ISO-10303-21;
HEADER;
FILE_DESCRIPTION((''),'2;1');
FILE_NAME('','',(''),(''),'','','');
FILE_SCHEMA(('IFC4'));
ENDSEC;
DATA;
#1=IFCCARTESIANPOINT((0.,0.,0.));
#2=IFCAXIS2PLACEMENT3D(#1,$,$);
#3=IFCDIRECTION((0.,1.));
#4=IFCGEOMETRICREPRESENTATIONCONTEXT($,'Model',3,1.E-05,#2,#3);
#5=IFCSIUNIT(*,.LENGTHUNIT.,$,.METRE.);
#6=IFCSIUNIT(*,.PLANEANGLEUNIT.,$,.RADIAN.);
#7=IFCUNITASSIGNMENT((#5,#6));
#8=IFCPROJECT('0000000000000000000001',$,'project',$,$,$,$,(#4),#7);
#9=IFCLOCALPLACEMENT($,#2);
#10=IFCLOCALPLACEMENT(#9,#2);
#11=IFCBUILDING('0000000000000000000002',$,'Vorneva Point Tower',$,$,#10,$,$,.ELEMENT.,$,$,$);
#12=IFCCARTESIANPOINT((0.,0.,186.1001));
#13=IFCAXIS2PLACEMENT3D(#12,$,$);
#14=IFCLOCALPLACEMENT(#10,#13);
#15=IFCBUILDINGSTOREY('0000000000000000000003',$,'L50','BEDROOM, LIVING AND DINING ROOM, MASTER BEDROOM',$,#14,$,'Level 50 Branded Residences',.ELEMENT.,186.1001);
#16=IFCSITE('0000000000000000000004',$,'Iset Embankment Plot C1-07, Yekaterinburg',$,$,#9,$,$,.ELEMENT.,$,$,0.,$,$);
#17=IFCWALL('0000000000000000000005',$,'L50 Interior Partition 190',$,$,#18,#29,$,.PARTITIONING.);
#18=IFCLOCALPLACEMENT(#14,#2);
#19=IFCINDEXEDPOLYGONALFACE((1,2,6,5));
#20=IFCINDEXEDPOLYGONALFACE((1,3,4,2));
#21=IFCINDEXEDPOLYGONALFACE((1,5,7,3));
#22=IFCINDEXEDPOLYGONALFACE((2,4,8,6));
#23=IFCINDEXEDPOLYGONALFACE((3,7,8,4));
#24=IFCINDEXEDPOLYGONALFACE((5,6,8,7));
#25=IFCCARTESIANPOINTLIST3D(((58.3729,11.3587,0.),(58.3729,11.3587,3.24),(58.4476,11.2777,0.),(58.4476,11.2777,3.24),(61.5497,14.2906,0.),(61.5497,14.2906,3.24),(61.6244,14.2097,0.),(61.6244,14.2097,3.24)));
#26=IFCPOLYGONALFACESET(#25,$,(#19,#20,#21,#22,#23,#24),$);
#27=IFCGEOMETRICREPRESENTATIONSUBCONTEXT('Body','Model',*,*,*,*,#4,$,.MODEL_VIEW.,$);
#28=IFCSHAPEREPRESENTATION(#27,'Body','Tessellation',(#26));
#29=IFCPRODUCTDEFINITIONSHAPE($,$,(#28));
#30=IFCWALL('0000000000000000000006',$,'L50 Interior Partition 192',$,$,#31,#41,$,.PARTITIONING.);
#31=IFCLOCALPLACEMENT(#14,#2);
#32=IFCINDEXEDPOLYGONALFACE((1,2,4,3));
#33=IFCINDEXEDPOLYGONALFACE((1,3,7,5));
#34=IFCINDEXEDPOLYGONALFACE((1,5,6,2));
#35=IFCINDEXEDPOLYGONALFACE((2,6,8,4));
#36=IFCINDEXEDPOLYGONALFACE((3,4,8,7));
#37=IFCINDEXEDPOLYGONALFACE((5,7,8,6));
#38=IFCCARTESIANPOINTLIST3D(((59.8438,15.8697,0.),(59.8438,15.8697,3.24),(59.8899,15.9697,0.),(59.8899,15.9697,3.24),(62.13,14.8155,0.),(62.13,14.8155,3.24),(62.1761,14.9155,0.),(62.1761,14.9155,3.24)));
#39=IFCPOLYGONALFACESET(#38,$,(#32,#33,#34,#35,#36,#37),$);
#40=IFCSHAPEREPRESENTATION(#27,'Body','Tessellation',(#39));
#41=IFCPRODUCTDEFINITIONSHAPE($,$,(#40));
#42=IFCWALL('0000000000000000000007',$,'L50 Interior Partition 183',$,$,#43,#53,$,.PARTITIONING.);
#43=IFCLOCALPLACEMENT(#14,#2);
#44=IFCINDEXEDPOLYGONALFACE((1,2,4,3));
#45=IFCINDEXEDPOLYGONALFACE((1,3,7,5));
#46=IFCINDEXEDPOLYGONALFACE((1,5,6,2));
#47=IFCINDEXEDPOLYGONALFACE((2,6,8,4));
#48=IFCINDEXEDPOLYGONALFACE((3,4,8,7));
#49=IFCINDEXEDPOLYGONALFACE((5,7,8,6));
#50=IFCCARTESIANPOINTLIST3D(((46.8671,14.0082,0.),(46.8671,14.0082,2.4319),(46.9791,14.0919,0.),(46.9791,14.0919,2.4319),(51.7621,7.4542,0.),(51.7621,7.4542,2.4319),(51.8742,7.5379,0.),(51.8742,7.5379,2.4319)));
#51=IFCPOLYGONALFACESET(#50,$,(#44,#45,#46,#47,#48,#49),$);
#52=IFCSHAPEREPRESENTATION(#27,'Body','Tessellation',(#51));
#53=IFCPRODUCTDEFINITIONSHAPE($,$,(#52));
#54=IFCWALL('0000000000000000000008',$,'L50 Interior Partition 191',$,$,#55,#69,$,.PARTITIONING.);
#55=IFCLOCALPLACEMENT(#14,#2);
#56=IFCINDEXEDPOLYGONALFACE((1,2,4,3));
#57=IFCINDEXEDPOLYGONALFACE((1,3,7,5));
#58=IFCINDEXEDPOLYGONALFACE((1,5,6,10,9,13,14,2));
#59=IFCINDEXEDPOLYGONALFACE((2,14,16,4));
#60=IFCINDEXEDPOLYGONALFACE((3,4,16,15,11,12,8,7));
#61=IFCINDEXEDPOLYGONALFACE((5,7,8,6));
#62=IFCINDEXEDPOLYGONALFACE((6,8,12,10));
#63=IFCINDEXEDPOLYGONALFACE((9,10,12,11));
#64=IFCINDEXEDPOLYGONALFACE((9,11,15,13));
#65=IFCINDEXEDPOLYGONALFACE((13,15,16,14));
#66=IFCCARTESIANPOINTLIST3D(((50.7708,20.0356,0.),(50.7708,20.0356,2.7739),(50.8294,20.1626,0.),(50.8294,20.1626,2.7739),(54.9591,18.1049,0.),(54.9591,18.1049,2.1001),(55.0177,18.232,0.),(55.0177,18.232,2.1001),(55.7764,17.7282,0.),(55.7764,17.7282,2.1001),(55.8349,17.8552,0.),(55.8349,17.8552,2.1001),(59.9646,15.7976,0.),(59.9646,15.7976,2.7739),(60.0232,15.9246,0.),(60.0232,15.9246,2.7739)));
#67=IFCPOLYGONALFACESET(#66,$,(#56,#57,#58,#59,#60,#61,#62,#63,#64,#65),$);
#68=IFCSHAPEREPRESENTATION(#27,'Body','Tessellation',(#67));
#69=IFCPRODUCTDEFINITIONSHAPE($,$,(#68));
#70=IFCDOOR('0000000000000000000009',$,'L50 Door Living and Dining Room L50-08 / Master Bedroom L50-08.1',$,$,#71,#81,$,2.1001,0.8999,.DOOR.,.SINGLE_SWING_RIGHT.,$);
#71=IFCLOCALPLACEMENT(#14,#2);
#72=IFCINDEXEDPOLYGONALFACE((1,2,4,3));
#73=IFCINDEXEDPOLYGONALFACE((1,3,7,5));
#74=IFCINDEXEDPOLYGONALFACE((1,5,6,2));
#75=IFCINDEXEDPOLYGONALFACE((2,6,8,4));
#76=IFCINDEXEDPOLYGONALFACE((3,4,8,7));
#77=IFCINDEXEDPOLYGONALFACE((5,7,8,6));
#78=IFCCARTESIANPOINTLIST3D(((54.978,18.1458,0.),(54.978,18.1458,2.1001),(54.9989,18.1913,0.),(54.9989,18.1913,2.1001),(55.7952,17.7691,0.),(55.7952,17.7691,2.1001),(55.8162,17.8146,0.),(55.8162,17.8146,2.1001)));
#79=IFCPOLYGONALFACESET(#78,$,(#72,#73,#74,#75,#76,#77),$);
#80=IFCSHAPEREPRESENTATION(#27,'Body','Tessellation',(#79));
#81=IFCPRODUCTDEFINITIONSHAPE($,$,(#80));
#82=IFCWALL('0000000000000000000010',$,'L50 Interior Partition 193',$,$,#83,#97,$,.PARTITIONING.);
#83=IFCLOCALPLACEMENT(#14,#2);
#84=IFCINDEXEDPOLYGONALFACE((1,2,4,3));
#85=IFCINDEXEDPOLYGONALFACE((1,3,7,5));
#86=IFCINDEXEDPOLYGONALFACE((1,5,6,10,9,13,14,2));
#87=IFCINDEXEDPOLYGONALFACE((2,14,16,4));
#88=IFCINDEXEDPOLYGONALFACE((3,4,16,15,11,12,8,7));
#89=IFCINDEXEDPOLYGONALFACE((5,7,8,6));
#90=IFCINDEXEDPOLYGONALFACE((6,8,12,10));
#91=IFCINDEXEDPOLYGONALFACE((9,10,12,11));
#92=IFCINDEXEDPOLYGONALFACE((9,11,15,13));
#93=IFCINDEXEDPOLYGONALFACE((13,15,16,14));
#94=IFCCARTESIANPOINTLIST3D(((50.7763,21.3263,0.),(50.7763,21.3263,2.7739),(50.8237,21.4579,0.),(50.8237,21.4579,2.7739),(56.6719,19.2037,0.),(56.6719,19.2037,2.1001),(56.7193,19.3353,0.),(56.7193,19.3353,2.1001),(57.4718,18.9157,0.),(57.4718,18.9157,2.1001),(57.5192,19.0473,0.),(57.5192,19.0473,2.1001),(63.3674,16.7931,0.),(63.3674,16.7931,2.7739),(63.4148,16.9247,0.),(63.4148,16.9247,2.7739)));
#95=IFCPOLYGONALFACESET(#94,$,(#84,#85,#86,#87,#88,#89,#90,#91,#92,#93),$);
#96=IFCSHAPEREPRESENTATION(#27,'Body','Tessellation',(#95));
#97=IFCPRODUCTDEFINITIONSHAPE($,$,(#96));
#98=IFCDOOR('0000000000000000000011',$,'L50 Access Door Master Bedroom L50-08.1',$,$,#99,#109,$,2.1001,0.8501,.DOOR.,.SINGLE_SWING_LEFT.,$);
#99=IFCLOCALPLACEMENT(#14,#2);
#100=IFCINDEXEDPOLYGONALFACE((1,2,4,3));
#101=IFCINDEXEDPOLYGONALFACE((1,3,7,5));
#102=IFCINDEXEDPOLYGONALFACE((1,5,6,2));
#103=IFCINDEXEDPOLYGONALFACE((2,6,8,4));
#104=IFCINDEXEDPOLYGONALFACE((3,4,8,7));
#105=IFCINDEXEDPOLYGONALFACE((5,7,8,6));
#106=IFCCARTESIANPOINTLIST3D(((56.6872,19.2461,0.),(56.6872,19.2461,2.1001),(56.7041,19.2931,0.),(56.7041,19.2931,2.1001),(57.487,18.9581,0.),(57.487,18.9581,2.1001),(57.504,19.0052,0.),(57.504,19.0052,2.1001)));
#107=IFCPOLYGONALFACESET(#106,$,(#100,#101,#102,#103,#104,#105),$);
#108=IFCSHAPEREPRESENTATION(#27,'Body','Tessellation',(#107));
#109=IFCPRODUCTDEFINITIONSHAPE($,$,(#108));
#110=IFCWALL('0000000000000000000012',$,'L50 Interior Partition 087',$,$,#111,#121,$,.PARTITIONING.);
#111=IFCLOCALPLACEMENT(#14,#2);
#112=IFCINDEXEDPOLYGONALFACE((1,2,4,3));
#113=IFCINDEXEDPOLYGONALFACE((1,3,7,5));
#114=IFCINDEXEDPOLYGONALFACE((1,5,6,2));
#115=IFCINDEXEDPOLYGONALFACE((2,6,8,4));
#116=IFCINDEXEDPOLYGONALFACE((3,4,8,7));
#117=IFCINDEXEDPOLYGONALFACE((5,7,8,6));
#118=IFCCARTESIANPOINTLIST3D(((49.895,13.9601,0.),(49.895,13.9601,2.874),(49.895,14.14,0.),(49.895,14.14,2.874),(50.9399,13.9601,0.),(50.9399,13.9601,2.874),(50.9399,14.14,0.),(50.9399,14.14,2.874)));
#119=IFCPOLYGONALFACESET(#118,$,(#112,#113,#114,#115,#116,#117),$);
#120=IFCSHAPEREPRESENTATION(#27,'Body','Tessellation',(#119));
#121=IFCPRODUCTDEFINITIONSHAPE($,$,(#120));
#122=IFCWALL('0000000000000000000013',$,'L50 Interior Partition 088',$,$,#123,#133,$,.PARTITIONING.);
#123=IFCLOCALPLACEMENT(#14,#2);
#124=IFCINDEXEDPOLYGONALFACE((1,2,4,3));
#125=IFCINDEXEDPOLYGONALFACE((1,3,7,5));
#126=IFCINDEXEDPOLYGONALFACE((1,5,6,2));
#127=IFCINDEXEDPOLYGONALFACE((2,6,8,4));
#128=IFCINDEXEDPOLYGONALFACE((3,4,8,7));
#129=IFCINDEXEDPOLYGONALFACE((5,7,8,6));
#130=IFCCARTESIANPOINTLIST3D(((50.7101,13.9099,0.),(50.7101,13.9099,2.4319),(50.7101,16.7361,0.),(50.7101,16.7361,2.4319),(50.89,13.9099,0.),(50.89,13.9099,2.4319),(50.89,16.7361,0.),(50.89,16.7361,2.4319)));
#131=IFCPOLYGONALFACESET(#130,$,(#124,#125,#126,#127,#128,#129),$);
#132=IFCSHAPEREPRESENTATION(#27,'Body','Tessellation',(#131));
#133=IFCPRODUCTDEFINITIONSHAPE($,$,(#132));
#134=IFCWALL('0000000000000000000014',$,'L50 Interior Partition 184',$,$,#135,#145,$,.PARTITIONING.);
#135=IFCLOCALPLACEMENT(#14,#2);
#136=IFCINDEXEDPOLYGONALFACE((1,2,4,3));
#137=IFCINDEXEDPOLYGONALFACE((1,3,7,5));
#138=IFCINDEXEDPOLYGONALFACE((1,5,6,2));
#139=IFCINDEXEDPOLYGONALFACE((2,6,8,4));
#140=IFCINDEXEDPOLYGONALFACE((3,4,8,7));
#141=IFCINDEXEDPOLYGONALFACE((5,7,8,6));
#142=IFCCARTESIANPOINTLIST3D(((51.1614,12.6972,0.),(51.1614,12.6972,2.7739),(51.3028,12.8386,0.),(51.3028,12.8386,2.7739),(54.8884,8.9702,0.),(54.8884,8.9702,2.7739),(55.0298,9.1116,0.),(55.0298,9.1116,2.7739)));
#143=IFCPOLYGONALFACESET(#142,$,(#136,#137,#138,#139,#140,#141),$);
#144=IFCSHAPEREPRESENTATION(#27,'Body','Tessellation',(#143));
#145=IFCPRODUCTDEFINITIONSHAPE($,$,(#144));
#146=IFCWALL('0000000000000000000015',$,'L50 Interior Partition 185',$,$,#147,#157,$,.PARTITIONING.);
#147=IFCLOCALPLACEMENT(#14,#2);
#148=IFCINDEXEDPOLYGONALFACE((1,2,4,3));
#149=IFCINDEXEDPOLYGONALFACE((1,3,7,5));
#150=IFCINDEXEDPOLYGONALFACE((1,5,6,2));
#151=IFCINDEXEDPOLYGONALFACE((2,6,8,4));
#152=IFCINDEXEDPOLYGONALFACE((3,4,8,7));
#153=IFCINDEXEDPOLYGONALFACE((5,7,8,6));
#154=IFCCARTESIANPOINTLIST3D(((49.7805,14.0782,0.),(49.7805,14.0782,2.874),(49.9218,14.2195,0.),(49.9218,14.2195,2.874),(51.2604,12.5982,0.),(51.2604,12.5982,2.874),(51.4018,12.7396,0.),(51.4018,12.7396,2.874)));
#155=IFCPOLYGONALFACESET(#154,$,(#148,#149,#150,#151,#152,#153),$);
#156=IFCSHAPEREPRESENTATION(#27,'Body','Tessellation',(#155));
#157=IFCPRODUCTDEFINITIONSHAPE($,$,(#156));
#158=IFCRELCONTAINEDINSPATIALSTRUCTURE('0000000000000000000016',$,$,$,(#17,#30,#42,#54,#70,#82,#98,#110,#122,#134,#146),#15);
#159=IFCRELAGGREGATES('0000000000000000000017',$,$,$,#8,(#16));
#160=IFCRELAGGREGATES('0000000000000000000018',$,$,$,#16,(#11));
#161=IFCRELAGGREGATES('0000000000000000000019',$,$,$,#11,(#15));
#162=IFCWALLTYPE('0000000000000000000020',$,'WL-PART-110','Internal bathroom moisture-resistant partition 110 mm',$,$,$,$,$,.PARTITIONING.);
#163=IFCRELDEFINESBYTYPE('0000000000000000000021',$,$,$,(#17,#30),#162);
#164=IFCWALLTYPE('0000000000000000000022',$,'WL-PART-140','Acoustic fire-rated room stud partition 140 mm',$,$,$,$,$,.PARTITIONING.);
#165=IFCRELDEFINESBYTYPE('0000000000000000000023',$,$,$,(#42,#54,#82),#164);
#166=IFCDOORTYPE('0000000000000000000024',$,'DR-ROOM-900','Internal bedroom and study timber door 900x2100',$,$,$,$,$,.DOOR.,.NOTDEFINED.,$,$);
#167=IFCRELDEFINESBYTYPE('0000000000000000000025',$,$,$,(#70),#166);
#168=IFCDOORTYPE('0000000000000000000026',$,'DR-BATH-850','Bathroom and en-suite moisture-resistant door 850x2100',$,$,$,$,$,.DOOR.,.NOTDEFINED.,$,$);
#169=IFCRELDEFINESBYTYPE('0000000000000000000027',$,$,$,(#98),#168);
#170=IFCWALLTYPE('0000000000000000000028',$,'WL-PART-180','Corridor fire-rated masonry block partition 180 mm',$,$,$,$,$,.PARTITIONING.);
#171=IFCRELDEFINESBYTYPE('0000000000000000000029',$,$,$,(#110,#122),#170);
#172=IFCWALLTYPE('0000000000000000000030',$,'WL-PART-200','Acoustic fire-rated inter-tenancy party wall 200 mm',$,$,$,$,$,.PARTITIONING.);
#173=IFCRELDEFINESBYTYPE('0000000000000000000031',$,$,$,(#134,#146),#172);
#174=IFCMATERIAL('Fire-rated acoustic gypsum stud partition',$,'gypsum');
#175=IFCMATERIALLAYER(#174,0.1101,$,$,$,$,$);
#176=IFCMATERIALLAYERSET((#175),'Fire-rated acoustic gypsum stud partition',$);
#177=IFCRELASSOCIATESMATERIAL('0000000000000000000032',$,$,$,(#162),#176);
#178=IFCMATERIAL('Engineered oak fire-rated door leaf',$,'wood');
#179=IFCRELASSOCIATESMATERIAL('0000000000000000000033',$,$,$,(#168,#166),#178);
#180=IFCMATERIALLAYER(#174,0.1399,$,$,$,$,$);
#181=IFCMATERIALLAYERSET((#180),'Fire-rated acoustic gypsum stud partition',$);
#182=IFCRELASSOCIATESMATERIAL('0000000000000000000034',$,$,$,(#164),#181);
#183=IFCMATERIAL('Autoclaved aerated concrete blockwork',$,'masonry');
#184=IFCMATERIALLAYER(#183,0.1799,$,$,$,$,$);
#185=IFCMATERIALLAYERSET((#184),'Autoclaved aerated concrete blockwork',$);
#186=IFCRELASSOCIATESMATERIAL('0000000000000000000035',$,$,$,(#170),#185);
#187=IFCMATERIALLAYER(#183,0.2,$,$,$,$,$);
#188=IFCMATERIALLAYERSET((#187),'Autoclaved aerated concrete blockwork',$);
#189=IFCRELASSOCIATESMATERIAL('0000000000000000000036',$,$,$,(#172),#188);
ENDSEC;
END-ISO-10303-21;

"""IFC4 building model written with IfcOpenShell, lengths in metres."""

from ifc_helpers import new_model, si_unit, direction, frame, frame_2d, origin, place, context, subcontext, project, spatial, rectangle, extrude, material, layer, layer_set, type_object, element, fill, save


model = new_model("IFC4")

# Units and contexts
model_context = context("Model", 3, precision=1e-05, world=origin(), true_north=direction((0.0, 1.0)))
body_context = subcontext(model_context, "Body", "Model", "MODEL_VIEW")
ifc_project = project(units=[si_unit("LENGTHUNIT", "METRE"), si_unit("PLANEANGLEUNIT", "RADIAN")], contexts=[model_context])

# Site, building, storey
site_placement = place(None, origin())
site = spatial("IfcSite", under=ifc_project, at=site_placement, Name="Iset Embankment Plot C1-07, Yekaterinburg", CompositionType="ELEMENT", RefElevation=0.0)
building_placement = place(site_placement, origin())
building = spatial("IfcBuilding", under=site, at=building_placement, Name="Vorneva Point Tower", CompositionType="ELEMENT")
storey_placement = place(building_placement, frame((0.0, 0.0, 186.1001)))
storey = spatial("IfcBuildingStorey", under=building, at=storey_placement, Name="L50", Description="BEDROOM, LIVING AND DINING ROOM, MASTER BEDROOM", LongName="Level 50 Branded Residences", CompositionType="ELEMENT", Elevation=186.1001)

# Shared definitions
ifc_material_1 = material(Name="Fire-rated acoustic gypsum stud partition", Category="gypsum")
ifc_layer_1 = layer(ifc_material_1, 0.1101)
ifc_layer_set_1 = layer_set([ifc_layer_1], Name="Fire-rated acoustic gypsum stud partition")
wall_type_1 = type_object("IfcWallType", Name="WL-PART-110", Description="Internal bathroom moisture-resistant partition 110 mm", PredefinedType="PARTITIONING", material=ifc_layer_set_1)
ifc_material_2 = material(Name="Engineered oak fire-rated door leaf", Category="wood")
door_type_1 = type_object("IfcDoorType", Name="DR-BATH-850", Description="Bathroom and en-suite moisture-resistant door 850x2100", OperationType="NOTDEFINED", PredefinedType="DOOR", material=ifc_material_2)

# Shared definitions
door_type_2 = type_object("IfcDoorType", Name="DR-ROOM-900", Description="Internal bedroom and study timber door 900x2100", OperationType="NOTDEFINED", PredefinedType="DOOR", material=ifc_material_2)

# Walls
wall_1_placement = place(storey_placement, frame((58.4102, 11.3181, 0.0), z_axis=(0.0, 0.0, 1.0), x_axis=(0.734862, 0.678217, 0.0)))
element("IfcWall", 1, at=wall_1_placement, inside=storey, type_object=wall_type_1, Name="L50 Interior Partition 190", PredefinedType="PARTITIONING", context=body_context, shape_type="SweptSolid", body=[
    extrude(rectangle(XDim=4.323, YDim=0.1101, at=frame_2d((2.1616, 0.0))), origin(), (0.0, 0.0, 1.0), 3.24),
])
wall_2_placement = place(storey_placement, frame((62.1531, 14.8655, 0.0), z_axis=(0.0, 0.0, 1.0), x_axis=(-0.908101, 0.418751, 0.0)))
element("IfcWall", 2, at=wall_2_placement, inside=storey, type_object=wall_type_1, Name="L50 Interior Partition 192", PredefinedType="PARTITIONING", context=body_context, shape_type="SweptSolid", body=[
    extrude(rectangle(XDim=2.5176, YDim=0.1101, at=frame_2d((1.2588, 0.0))), origin(), (0.0, 0.0, 1.0), 3.24),
])
ifc_layer_2 = layer(ifc_material_1, 0.1399)
ifc_layer_set_2 = layer_set([ifc_layer_2], Name="Fire-rated acoustic gypsum stud partition")
wall_type_2 = type_object("IfcWallType", Name="WL-PART-140", Description="Acoustic fire-rated room stud partition 140 mm", PredefinedType="PARTITIONING", material=ifc_layer_set_2)
wall_3_placement = place(storey_placement, frame((51.8181, 7.4961, 0.0), z_axis=(0.0, 0.0, 1.0), x_axis=(-0.598399, 0.801198, 0.0)))
element("IfcWall", 3, at=wall_3_placement, inside=storey, type_object=wall_type_2, Name="L50 Interior Partition 183", PredefinedType="PARTITIONING", context=body_context, shape_type="SweptSolid", body=[
    extrude(rectangle(XDim=8.1802, YDim=0.1399, at=frame_2d((4.0901, 0.0))), origin(), (0.0, 0.0, 1.0), 2.4319),
])

# Walls, openings, doors
wall_4_placement = place(storey_placement, frame((59.9939, 15.8611, 0.0), z_axis=(0.0, 0.0, 1.0), x_axis=(-0.908158, 0.418628, 0.0)))
wall_4 = element("IfcWall", 4, at=wall_4_placement, inside=storey, type_object=wall_type_2, Name="L50 Interior Partition 191", PredefinedType="PARTITIONING", context=body_context, shape_type="SweptSolid", body=[
    extrude(rectangle(XDim=10.1235, YDim=0.1399, at=frame_2d((5.0618, 0.0))), origin(), (0.0, 0.0, 1.0), 2.7739),
])
opening_1_placement = place(wall_4_placement, frame((4.6118, 0.0, 0.0)))
opening_1 = element("IfcOpeningElement", 5, at=opening_1_placement, cuts=wall_4, PredefinedType="OPENING", context=body_context, shape_type="SweptSolid", body=[
    extrude(rectangle(XDim=0.8999, YDim=2.1001, at=frame_2d((0.45, 1.05))), frame((0.0, 0.085, 0.0), z_axis=(0.0, -1.0, 0.0), x_axis=(1.0, 0.0, 0.0)), (0.0, 0.0, 1.0), 0.1697),
])
door_1_placement = place(opening_1_placement, origin())
door_1 = element("IfcDoor", 6, at=door_1_placement, inside=storey, type_object=door_type_2, Name="L50 Door Living and Dining Room L50-08 / Master Bedroom L50-08.1", OperationType="SINGLE_SWING_RIGHT", OverallHeight=2.1001, OverallWidth=0.8999, PredefinedType="DOOR", context=body_context, shape_type="SweptSolid", body=[
    extrude(rectangle(XDim=0.8999, YDim=2.1001, at=frame_2d((0.45, 1.05))), frame((0.0, 0.0249, 0.0), z_axis=(0.0, -1.0, 0.0), x_axis=(1.0, 0.0, 0.0)), (0.0, 0.0, 1.0), 0.05),
])
fill(opening_1, door_1)
wall_5_placement = place(storey_placement, frame((63.3911, 16.8589, 0.0), z_axis=(0.0, 0.0, 1.0), x_axis=(-0.940877, 0.338747, 0.0)))
wall_5 = element("IfcWall", 7, at=wall_5_placement, inside=storey, type_object=wall_type_2, Name="L50 Interior Partition 193", PredefinedType="PARTITIONING", context=body_context, shape_type="SweptSolid", body=[
    extrude(rectangle(XDim=13.3823, YDim=0.1399, at=frame_2d((6.6912, 0.0))), origin(), (0.0, 0.0, 1.0), 2.7739),
])
opening_2_placement = place(wall_5_placement, frame((6.2661, 0.0, 0.0)))
opening_2 = element("IfcOpeningElement", 8, at=opening_2_placement, cuts=wall_5, PredefinedType="OPENING", context=body_context, shape_type="SweptSolid", body=[
    extrude(rectangle(XDim=0.8501, YDim=2.1001, at=frame_2d((0.425, 1.05))), frame((0.0, 0.085, 0.0), z_axis=(0.0, -1.0, 0.0), x_axis=(1.0, 0.0, 0.0)), (0.0, 0.0, 1.0), 0.1697),
])
door_2_placement = place(opening_2_placement, origin())
door_2 = element("IfcDoor", 9, at=door_2_placement, inside=storey, type_object=door_type_1, Name="L50 Access Door Master Bedroom L50-08.1", OperationType="SINGLE_SWING_LEFT", OverallHeight=2.1001, OverallWidth=0.8501, PredefinedType="DOOR", context=body_context, shape_type="SweptSolid", body=[
    extrude(rectangle(XDim=0.8501, YDim=2.1001, at=frame_2d((0.425, 1.05))), frame((0.0, 0.0249, 0.0), z_axis=(0.0, -1.0, 0.0), x_axis=(1.0, 0.0, 0.0)), (0.0, 0.0, 1.0), 0.05),
])
fill(opening_2, door_2)
ifc_material_3 = material(Name="Autoclaved aerated concrete blockwork", Category="masonry")
ifc_layer_3 = layer(ifc_material_3, 0.1799)
ifc_layer_set_3 = layer_set([ifc_layer_3], Name="Autoclaved aerated concrete blockwork")
wall_type_3 = type_object("IfcWallType", Name="WL-PART-180", Description="Corridor fire-rated masonry block partition 180 mm", PredefinedType="PARTITIONING", material=ifc_layer_set_3)

# Walls
wall_6_placement = place(storey_placement, frame((49.895, 14.05, 0.0), z_axis=(0.0, 0.0, 1.0), x_axis=(1.0, 0.0, 0.0)))
element("IfcWall", 10, at=wall_6_placement, inside=storey, type_object=wall_type_3, Name="L50 Interior Partition 087", PredefinedType="PARTITIONING", context=body_context, shape_type="SweptSolid", body=[
    extrude(rectangle(XDim=1.0449, YDim=0.1799, at=frame_2d((0.5225, 0.0))), origin(), (0.0, 0.0, 1.0), 2.874),
])
wall_7_placement = place(storey_placement, frame((50.8, 13.9099, 0.0), z_axis=(0.0, 0.0, 1.0), x_axis=(0.0, 1.0, 0.0)))
element("IfcWall", 11, at=wall_7_placement, inside=storey, type_object=wall_type_3, Name="L50 Interior Partition 088", PredefinedType="PARTITIONING", context=body_context, shape_type="SweptSolid", body=[
    extrude(rectangle(XDim=2.8262, YDim=0.1799, at=frame_2d((1.4131, 0.0))), origin(), (0.0, 0.0, 1.0), 2.4319),
])
ifc_layer_4 = layer(ifc_material_3, 0.2)
ifc_layer_set_4 = layer_set([ifc_layer_4], Name="Autoclaved aerated concrete blockwork")
wall_type_4 = type_object("IfcWallType", Name="WL-PART-200", Description="Acoustic fire-rated inter-tenancy party wall 200 mm", PredefinedType="PARTITIONING", material=ifc_layer_set_4)
wall_8_placement = place(storey_placement, frame((54.959, 9.041, 0.0), z_axis=(0.0, 0.0, 1.0), x_axis=(-0.707107, 0.707107, 0.0)))
element("IfcWall", 12, at=wall_8_placement, inside=storey, type_object=wall_type_4, Name="L50 Interior Partition 184", PredefinedType="PARTITIONING", context=body_context, shape_type="SweptSolid", body=[
    extrude(rectangle(XDim=5.2708, YDim=0.2, at=frame_2d((2.6353, 0.0))), origin(), (0.0, 0.0, 1.0), 2.7739),
])
wall_9_placement = place(storey_placement, frame((51.3311, 12.6689, 0.0), z_axis=(0.0, 0.0, 1.0), x_axis=(-0.707107, 0.707107, 0.0)))
element("IfcWall", 13, at=wall_9_placement, inside=storey, type_object=wall_type_4, Name="L50 Interior Partition 185", PredefinedType="PARTITIONING", context=body_context, shape_type="SweptSolid", body=[
    extrude(rectangle(XDim=2.093, YDim=0.2, at=frame_2d((1.0464, 0.0))), origin(), (0.0, 0.0, 1.0), 2.874),
])

save(model, "model.ifc")
